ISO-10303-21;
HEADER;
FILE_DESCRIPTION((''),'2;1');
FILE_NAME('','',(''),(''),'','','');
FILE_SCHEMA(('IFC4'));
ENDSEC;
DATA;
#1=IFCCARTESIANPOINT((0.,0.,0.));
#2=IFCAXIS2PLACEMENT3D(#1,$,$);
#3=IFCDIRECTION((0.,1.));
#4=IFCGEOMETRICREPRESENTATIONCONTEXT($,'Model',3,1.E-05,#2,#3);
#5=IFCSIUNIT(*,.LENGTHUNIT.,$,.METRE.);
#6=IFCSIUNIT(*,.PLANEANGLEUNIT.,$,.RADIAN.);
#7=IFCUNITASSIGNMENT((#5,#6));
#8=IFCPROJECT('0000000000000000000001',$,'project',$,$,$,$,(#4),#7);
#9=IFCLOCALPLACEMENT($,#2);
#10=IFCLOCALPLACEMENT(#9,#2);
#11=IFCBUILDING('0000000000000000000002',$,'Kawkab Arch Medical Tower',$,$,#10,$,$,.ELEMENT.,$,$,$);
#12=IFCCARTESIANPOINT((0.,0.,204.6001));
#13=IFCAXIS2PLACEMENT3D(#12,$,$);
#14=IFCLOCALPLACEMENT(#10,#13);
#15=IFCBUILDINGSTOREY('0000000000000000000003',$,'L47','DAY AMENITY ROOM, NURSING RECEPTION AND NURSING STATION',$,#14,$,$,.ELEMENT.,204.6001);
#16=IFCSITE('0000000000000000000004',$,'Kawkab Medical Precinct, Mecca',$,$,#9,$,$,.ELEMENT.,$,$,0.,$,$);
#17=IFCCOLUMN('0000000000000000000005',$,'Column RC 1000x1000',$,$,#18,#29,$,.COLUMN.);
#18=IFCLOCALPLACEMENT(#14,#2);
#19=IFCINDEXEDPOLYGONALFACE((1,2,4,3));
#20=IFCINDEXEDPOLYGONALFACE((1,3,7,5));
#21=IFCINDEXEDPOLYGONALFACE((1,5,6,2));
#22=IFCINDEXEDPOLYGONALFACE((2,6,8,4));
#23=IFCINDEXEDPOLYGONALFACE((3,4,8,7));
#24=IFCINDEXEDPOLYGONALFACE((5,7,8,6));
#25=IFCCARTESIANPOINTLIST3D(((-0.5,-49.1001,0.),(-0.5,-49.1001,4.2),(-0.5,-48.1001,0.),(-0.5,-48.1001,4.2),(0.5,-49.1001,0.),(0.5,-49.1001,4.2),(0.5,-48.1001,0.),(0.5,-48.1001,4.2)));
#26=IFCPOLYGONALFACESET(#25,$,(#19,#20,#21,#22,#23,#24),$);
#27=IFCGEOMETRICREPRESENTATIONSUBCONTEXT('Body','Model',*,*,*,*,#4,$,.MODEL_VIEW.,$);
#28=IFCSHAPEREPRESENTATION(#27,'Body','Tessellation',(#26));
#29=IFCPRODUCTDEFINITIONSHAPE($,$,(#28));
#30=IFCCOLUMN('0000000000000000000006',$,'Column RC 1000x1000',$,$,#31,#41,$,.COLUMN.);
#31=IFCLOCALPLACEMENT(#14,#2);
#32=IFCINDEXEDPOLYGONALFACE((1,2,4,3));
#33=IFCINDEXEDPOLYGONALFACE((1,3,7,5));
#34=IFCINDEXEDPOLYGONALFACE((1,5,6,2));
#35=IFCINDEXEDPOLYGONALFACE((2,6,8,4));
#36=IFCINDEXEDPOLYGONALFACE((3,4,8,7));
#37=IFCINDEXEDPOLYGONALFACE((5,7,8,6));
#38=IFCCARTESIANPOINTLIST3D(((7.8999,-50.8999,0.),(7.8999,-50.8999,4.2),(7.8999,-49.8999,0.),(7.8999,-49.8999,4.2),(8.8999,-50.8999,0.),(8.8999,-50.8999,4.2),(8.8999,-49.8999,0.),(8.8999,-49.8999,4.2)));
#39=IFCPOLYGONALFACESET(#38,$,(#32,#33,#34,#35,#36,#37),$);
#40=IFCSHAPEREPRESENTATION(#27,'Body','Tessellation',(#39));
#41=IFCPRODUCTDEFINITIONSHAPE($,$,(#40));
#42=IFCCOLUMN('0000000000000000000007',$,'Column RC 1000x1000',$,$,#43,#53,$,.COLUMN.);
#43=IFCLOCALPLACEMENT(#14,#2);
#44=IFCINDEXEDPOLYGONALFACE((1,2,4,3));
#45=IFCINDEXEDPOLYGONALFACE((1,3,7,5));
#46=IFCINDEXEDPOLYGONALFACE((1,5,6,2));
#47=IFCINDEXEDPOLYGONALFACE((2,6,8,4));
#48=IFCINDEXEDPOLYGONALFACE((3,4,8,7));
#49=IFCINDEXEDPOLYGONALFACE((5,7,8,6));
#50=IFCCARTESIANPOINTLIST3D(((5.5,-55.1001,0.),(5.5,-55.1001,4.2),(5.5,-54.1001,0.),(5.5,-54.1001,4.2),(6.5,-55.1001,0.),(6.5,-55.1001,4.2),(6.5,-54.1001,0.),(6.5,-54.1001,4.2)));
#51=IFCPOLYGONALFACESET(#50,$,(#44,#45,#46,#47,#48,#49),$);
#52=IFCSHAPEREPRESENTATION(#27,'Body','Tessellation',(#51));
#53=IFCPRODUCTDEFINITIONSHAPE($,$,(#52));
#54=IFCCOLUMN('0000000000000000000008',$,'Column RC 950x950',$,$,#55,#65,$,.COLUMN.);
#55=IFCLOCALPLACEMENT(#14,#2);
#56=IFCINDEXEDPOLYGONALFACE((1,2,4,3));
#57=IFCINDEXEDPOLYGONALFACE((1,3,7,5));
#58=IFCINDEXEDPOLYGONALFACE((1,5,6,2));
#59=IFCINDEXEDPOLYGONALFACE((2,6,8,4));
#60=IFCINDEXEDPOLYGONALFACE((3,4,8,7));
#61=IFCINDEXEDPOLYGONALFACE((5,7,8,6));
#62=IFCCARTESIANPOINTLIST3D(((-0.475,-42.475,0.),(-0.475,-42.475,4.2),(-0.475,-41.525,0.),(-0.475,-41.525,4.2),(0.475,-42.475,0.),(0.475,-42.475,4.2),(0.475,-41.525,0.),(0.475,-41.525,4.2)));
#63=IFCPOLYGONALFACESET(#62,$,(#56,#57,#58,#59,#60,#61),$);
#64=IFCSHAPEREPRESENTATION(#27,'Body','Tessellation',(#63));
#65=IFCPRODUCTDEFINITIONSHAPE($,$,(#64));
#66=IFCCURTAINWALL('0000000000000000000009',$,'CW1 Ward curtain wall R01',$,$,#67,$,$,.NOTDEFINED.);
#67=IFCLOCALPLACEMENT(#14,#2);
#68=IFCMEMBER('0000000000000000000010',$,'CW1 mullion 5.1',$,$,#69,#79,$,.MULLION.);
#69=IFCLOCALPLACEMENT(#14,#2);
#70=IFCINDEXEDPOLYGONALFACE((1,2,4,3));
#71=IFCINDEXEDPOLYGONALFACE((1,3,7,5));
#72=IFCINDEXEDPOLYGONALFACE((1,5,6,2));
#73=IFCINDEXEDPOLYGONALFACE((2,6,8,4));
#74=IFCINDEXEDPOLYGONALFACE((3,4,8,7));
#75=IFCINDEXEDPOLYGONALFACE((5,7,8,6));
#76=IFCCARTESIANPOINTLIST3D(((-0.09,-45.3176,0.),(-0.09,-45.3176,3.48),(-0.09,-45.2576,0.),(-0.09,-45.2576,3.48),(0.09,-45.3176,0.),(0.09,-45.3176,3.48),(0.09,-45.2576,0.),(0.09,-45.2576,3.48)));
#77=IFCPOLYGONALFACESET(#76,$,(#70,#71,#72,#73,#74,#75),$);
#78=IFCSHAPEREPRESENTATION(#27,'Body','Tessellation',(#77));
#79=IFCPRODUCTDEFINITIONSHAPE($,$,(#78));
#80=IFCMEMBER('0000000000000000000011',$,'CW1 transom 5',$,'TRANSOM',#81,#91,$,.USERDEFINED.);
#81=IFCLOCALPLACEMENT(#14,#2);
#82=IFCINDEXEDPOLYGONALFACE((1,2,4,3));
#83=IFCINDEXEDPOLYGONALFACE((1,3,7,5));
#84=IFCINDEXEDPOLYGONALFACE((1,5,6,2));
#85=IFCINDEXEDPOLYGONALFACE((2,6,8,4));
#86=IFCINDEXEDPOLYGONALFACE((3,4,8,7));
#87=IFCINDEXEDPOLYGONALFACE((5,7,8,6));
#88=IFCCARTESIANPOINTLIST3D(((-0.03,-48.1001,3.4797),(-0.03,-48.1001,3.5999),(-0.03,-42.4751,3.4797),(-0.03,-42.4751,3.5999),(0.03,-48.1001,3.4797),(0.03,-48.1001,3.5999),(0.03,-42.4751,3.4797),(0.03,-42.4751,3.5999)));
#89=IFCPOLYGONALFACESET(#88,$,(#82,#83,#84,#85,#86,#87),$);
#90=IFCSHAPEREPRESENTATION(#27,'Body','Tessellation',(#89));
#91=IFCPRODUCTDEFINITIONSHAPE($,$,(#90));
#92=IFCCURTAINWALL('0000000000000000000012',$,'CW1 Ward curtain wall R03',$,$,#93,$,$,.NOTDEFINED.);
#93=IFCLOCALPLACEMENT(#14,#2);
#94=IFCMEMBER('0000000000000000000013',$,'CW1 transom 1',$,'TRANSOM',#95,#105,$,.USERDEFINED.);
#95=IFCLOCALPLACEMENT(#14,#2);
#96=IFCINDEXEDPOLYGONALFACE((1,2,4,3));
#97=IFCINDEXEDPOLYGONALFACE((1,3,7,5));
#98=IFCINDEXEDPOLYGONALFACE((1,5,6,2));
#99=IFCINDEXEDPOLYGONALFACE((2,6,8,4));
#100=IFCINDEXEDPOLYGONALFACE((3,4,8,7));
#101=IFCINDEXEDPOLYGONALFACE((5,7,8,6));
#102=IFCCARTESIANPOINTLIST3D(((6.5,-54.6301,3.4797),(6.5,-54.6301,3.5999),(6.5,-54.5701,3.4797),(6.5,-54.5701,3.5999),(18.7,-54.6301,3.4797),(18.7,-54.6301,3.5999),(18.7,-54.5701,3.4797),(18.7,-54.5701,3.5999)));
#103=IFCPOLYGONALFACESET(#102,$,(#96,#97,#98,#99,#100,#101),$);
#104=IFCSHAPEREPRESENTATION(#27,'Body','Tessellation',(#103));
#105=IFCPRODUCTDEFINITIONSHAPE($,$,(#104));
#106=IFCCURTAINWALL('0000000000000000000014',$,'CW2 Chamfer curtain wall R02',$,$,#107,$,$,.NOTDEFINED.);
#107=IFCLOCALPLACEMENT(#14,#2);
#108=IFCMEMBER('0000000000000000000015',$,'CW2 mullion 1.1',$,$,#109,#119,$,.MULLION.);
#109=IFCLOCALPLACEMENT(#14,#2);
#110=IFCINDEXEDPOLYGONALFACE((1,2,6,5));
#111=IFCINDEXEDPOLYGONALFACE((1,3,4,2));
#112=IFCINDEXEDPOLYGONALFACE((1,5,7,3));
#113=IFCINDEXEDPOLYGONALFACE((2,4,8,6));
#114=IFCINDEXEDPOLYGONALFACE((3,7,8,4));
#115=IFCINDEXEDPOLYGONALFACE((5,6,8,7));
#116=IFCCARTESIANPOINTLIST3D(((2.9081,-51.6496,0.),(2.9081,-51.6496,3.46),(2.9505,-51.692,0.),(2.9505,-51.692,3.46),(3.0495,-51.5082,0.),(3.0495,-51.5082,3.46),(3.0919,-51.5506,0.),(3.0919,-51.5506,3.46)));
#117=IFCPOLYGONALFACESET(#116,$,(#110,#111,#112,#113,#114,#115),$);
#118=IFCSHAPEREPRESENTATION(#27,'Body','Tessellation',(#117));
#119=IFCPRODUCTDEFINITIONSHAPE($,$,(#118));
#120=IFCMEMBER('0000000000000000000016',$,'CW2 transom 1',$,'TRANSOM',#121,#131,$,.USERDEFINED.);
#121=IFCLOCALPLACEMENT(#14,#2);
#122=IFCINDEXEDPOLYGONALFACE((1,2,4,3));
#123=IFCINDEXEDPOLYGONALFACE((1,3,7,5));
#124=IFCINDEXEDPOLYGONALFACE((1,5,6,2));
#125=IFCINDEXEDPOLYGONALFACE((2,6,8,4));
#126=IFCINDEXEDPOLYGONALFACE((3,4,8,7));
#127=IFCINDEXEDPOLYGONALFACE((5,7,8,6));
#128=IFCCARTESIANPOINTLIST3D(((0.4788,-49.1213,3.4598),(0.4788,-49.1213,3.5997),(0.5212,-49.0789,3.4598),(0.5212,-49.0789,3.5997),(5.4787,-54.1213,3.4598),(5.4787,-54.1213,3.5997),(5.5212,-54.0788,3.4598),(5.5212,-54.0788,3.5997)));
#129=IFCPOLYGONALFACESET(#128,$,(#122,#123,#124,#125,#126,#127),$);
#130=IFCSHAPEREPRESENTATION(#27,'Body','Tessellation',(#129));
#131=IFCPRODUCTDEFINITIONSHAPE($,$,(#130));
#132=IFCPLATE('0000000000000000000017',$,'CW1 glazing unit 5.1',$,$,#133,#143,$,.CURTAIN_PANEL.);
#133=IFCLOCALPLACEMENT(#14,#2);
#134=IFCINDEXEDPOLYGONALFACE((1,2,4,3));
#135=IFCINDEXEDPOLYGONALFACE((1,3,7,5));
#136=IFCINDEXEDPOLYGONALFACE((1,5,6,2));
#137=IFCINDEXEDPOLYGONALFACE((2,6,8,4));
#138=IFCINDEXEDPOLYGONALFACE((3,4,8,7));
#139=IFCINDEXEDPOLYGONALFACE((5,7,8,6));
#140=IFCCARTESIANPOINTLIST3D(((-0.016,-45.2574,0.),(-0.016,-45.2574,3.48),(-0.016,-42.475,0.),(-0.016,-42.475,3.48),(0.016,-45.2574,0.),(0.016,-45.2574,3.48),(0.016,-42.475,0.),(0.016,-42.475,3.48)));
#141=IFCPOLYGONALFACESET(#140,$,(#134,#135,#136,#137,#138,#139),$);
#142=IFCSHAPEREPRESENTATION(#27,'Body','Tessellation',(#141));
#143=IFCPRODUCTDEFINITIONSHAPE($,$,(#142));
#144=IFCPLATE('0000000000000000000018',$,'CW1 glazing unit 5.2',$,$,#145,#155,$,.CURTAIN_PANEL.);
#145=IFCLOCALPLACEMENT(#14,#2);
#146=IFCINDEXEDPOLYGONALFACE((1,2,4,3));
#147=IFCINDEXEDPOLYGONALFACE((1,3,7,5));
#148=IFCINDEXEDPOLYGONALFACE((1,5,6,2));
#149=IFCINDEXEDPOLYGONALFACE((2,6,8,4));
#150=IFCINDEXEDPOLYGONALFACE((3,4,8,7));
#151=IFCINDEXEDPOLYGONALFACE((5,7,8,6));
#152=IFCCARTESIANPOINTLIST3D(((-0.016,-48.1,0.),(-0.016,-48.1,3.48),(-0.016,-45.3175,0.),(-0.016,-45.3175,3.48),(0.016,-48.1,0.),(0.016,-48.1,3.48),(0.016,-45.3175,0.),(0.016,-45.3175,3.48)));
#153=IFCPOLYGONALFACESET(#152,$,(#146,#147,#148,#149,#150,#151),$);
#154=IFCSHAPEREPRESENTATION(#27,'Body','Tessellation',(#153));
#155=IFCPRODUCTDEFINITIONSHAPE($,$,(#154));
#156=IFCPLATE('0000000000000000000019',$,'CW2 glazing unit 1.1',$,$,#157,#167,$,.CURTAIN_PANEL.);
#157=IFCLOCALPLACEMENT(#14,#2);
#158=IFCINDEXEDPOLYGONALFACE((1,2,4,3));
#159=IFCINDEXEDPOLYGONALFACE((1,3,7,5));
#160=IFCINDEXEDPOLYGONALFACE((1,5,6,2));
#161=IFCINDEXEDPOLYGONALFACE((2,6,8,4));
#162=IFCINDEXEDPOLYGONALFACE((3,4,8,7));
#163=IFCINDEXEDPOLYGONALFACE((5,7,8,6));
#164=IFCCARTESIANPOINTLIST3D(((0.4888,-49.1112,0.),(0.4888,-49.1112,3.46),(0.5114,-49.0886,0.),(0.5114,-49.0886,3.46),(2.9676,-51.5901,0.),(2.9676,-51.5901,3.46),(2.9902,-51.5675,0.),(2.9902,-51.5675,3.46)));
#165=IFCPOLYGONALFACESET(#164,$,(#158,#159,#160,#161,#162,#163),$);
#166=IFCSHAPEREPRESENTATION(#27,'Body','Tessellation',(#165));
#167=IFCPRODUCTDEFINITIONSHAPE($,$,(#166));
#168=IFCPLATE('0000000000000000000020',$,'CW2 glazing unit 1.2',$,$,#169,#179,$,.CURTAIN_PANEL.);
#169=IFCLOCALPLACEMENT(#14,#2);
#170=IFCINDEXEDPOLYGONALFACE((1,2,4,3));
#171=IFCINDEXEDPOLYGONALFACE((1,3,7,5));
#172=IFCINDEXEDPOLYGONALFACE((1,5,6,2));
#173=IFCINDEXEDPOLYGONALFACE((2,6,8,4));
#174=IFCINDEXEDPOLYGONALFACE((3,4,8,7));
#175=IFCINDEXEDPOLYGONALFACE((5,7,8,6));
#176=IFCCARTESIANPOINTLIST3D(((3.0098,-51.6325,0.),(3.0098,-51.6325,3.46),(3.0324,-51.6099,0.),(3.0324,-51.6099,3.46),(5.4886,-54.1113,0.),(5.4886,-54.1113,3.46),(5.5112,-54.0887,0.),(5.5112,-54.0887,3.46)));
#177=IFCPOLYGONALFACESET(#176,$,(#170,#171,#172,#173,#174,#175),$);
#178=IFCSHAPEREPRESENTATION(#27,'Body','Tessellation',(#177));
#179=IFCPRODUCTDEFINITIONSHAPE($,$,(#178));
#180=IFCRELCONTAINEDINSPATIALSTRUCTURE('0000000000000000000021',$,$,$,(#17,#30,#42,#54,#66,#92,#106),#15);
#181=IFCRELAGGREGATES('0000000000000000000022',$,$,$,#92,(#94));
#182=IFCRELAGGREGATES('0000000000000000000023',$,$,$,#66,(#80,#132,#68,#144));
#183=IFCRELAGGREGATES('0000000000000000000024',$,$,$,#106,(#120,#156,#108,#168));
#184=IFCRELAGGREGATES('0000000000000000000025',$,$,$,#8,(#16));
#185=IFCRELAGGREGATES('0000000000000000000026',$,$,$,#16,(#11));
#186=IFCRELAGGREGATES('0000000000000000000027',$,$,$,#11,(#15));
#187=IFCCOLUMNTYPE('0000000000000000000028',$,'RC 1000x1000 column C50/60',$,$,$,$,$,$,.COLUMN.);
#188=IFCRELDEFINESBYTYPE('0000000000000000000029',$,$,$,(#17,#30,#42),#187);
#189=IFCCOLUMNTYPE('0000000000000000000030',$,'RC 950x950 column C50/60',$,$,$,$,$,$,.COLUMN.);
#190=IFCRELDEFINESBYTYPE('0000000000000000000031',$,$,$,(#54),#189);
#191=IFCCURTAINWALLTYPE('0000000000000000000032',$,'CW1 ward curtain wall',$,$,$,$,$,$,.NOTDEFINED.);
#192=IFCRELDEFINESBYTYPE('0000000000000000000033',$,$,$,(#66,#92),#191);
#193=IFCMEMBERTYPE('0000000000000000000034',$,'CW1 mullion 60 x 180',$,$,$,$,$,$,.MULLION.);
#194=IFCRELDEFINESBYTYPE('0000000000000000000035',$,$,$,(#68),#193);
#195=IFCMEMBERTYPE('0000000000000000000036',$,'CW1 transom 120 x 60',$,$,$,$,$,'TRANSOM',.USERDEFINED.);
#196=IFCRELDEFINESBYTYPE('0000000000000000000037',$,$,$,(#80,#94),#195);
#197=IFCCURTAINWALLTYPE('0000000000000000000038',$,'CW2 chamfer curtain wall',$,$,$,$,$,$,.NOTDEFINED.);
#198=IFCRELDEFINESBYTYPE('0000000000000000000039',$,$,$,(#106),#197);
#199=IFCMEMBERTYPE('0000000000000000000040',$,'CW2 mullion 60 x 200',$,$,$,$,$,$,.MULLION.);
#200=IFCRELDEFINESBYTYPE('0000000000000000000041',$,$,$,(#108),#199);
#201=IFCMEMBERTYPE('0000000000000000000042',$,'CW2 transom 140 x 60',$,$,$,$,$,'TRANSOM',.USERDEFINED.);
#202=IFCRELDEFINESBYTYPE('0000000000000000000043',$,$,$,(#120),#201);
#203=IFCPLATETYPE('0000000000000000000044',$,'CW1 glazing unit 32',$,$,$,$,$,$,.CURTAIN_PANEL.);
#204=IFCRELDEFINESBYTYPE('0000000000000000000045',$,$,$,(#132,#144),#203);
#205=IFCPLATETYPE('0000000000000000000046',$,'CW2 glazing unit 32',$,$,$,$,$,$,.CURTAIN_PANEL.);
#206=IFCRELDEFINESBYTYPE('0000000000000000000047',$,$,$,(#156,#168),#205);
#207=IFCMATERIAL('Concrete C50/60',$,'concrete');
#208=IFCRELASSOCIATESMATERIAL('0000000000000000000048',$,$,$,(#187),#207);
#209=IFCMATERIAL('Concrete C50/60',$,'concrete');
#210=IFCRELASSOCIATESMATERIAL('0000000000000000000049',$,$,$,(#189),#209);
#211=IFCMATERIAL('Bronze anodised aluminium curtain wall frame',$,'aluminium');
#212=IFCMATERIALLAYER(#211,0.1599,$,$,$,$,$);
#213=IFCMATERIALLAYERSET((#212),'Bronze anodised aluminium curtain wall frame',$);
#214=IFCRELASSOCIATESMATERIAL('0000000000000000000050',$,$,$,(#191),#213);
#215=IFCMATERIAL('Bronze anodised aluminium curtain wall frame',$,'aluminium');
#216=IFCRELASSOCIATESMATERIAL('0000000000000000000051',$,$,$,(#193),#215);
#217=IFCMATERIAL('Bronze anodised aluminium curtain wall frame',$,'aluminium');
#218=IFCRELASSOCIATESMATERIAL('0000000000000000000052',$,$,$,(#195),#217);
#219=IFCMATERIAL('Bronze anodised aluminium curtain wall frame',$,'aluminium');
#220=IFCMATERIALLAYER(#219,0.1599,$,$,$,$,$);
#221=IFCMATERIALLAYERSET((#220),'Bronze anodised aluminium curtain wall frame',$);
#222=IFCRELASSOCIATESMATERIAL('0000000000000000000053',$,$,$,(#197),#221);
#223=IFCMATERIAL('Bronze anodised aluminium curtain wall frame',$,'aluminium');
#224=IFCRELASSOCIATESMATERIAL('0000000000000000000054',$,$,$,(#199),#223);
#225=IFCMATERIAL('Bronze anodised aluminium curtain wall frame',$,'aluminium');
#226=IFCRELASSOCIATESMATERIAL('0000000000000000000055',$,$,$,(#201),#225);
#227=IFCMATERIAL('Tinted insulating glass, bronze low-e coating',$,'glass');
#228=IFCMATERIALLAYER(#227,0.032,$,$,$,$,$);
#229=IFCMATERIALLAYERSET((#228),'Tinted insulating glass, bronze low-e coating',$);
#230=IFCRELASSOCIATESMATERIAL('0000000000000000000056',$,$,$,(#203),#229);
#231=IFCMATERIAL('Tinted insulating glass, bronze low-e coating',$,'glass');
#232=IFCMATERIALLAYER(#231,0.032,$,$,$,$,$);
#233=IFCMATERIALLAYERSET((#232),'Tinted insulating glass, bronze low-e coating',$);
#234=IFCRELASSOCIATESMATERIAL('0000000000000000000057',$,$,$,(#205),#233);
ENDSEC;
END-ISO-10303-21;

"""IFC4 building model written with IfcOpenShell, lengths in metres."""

from ifc_helpers import new_model, si_unit, direction, frame, origin, origin_2d, place, context, subcontext, project, spatial, rectangle, extrude, material, layer, layer_set, material_profile, profile_set, type_object, element, aggregate, save


model = new_model("IFC4")

# Units and contexts
model_context = context("Model", 3, precision=1e-05, world=origin(), true_north=direction((0.0, 1.0)))
body_context = subcontext(model_context, "Body", "Model", "MODEL_VIEW")
ifc_project = project(units=[si_unit("LENGTHUNIT", "METRE"), si_unit("PLANEANGLEUNIT", "RADIAN")], contexts=[model_context])

# Site, building, storey
site_placement = place(None, origin())
site = spatial("IfcSite", under=ifc_project, at=site_placement, Name="Kawkab Medical Precinct, Mecca", CompositionType="ELEMENT", RefElevation=0.0)
building_placement = place(site_placement, origin())
building = spatial("IfcBuilding", under=site, at=building_placement, Name="Kawkab Arch Medical Tower", CompositionType="ELEMENT")
storey_placement = place(building_placement, frame((0.0, 0.0, 204.6001)))
storey = spatial("IfcBuildingStorey", under=building, at=storey_placement, Name="L47", Description="DAY AMENITY ROOM, NURSING RECEPTION AND NURSING STATION", CompositionType="ELEMENT", Elevation=204.6001)

# Columns
ifc_material_1 = material(Name="Concrete C50/60", Category="concrete")
ifc_material_profile_1 = material_profile(ifc_material_1, rectangle(XDim=1.0, YDim=1.0, at=origin_2d()), Name="RC 1000x1000")
ifc_profile_set_1 = profile_set([ifc_material_profile_1], Name="Concrete C50/60")
column_type_1 = type_object("IfcColumnType", Name="RC 1000x1000 column C50/60", PredefinedType="COLUMN", material=ifc_profile_set_1)
for number, where, z_axis, x_axis, name in (
    (1, (0.0, -48.6001, 0.0), (0.0, 0.0, 1.0), (1.0, 0.0, 0.0), "Column RC 1000x1000"),
    (2, (8.3999, -50.3999, 0.0), (0.0, 0.0, 1.0), (1.0, 0.0, 0.0), "Column RC 1000x1000"),
    (3, (6.0, -54.6001, 0.0), (0.0, 0.0, 1.0), (1.0, 0.0, 0.0), "Column RC 1000x1000"),
):
    element("IfcColumn", number, at=place(storey_placement, frame(where, z_axis=z_axis, x_axis=x_axis)), inside=storey, type_object=column_type_1, Name=name, PredefinedType="COLUMN", context=body_context, shape_type="SweptSolid", body=[
        extrude(rectangle(XDim=1.0, YDim=1.0, at=origin_2d()), origin(), (0.0, 0.0, 1.0), 4.2),
    ])
ifc_material_2 = material(Name="Concrete C50/60", Category="concrete")
ifc_material_profile_2 = material_profile(ifc_material_2, rectangle(XDim=0.95, YDim=0.95, at=origin_2d()), Name="RC 950x950")
ifc_profile_set_2 = profile_set([ifc_material_profile_2], Name="Concrete C50/60")
column_type_2 = type_object("IfcColumnType", Name="RC 950x950 column C50/60", PredefinedType="COLUMN", material=ifc_profile_set_2)
column_placement = place(storey_placement, frame((0.0, -42.0, 0.0), z_axis=(0.0, 0.0, 1.0), x_axis=(1.0, 0.0, 0.0)))
element("IfcColumn", 4, at=column_placement, inside=storey, type_object=column_type_2, Name="Column RC 950x950", PredefinedType="COLUMN", context=body_context, shape_type="SweptSolid", body=[
    extrude(rectangle(XDim=0.95, YDim=0.95, at=origin_2d()), origin(), (0.0, 0.0, 1.0), 4.2),
])

# Curtain wall, members
ifc_material_3 = material(Name="Bronze anodised aluminium curtain wall frame", Category="aluminium")
ifc_layer_1 = layer(ifc_material_3, 0.1599)
ifc_layer_set_1 = layer_set([ifc_layer_1], Name="Bronze anodised aluminium curtain wall frame")
curtain_wall_type_1 = type_object("IfcCurtainWallType", Name="CW1 ward curtain wall", PredefinedType="NOTDEFINED", material=ifc_layer_set_1)
placement = place(storey_placement, origin())
curtain_wall_1 = element("IfcCurtainWall", 5, at=placement, inside=storey, type_object=curtain_wall_type_1, Name="CW1 Ward curtain wall R01", PredefinedType="NOTDEFINED")
ifc_material_4 = material(Name="Bronze anodised aluminium curtain wall frame", Category="aluminium")
ifc_material_profile_3 = material_profile(ifc_material_4, rectangle(XDim=0.1799, YDim=0.0601, at=origin_2d()), Name="AL 60x180")
ifc_profile_set_3 = profile_set([ifc_material_profile_3], Name="Bronze anodised aluminium curtain wall frame")
member_type_1 = type_object("IfcMemberType", Name="CW1 mullion 60 x 180", PredefinedType="MULLION", material=ifc_profile_set_3)
member_1_placement = place(storey_placement, frame((0.0, -45.2876, 0.0), z_axis=(0.0, 0.0, 1.0), x_axis=(1.0, 0.0, 0.0)))
member_1 = element("IfcMember", 6, at=member_1_placement, type_object=member_type_1, Name="CW1 mullion 5.1", PredefinedType="MULLION", context=body_context, shape_type="SweptSolid", body=[
    extrude(rectangle(XDim=0.1799, YDim=0.0601, at=origin_2d()), origin(), (0.0, 0.0, 1.0), 3.48),
])
ifc_material_5 = material(Name="Bronze anodised aluminium curtain wall frame", Category="aluminium")
ifc_material_profile_4 = material_profile(ifc_material_5, rectangle(XDim=0.0601, YDim=0.1201, at=origin_2d()), Name="AL 60x120")
ifc_profile_set_4 = profile_set([ifc_material_profile_4], Name="Bronze anodised aluminium curtain wall frame")
member_type_2 = type_object("IfcMemberType", Name="CW1 transom 120 x 60", ElementType="TRANSOM", PredefinedType="USERDEFINED", material=ifc_profile_set_4)
member_2_placement = place(storey_placement, frame((0.0, -42.4751, 3.5398), z_axis=(0.0, -1.0, 0.0), x_axis=(1.0, 0.0, 0.0)))
member_2 = element("IfcMember", 7, at=member_2_placement, type_object=member_type_2, Name="CW1 transom 5", ObjectType="TRANSOM", PredefinedType="USERDEFINED", context=body_context, shape_type="SweptSolid", body=[
    extrude(rectangle(XDim=0.0601, YDim=0.1201, at=origin_2d()), origin(), (0.0, 0.0, 1.0), 5.625),
])

# Curtain wall, member
curtain_wall_2 = element("IfcCurtainWall", 8, at=placement, inside=storey, type_object=curtain_wall_type_1, Name="CW1 Ward curtain wall R03", PredefinedType="NOTDEFINED")
member_3_placement = place(storey_placement, frame((6.5, -54.6001, 3.5398), z_axis=(1.0, 0.0, 0.0), x_axis=(0.0, 1.0, 0.0)))
member_3 = element("IfcMember", 9, at=member_3_placement, type_object=member_type_2, Name="CW1 transom 1", ObjectType="TRANSOM", PredefinedType="USERDEFINED", context=body_context, shape_type="SweptSolid", body=[
    extrude(rectangle(XDim=0.0601, YDim=0.1201, at=origin_2d()), origin(), (0.0, 0.0, 1.0), 12.2),
])
aggregate(curtain_wall_2, [member_3])

# Curtain wall, members
ifc_material_6 = material(Name="Bronze anodised aluminium curtain wall frame", Category="aluminium")
ifc_layer_2 = layer(ifc_material_6, 0.1599)
ifc_layer_set_2 = layer_set([ifc_layer_2], Name="Bronze anodised aluminium curtain wall frame")
curtain_wall_type_2 = type_object("IfcCurtainWallType", Name="CW2 chamfer curtain wall", PredefinedType="NOTDEFINED", material=ifc_layer_set_2)
curtain_wall_3 = element("IfcCurtainWall", 10, at=placement, inside=storey, type_object=curtain_wall_type_2, Name="CW2 Chamfer curtain wall R02", PredefinedType="NOTDEFINED")
ifc_material_7 = material(Name="Bronze anodised aluminium curtain wall frame", Category="aluminium")
ifc_material_profile_5 = material_profile(ifc_material_7, rectangle(XDim=0.2, YDim=0.0601, at=origin_2d()), Name="AL 60x200")
ifc_profile_set_5 = profile_set([ifc_material_profile_5], Name="Bronze anodised aluminium curtain wall frame")
member_type_3 = type_object("IfcMemberType", Name="CW2 mullion 60 x 200", PredefinedType="MULLION", material=ifc_profile_set_5)
member_4_placement = place(storey_placement, frame((3.0, -51.6001, 0.0), z_axis=(0.0, 0.0, 1.0), x_axis=(0.707107, 0.707107, 0.0)))
member_4 = element("IfcMember", 11, at=member_4_placement, type_object=member_type_3, Name="CW2 mullion 1.1", PredefinedType="MULLION", context=body_context, shape_type="SweptSolid", body=[
    extrude(rectangle(XDim=0.2, YDim=0.0601, at=origin_2d()), origin(), (0.0, 0.0, 1.0), 3.46),
])
ifc_material_8 = material(Name="Bronze anodised aluminium curtain wall frame", Category="aluminium")
ifc_material_profile_6 = material_profile(ifc_material_8, rectangle(XDim=0.0601, YDim=0.1399, at=origin_2d()), Name="AL 60x140")
ifc_profile_set_6 = profile_set([ifc_material_profile_6], Name="Bronze anodised aluminium curtain wall frame")
member_type_4 = type_object("IfcMemberType", Name="CW2 transom 140 x 60", ElementType="TRANSOM", PredefinedType="USERDEFINED", material=ifc_profile_set_6)
member_5_placement = place(storey_placement, frame((0.5, -49.1001, 3.5298), z_axis=(0.707107, -0.707107, 0.0), x_axis=(0.707107, 0.707107, 0.0)))
member_5 = element("IfcMember", 12, at=member_5_placement, type_object=member_type_4, Name="CW2 transom 1", ObjectType="TRANSOM", PredefinedType="USERDEFINED", context=body_context, shape_type="SweptSolid", body=[
    extrude(rectangle(XDim=0.0601, YDim=0.1399, at=origin_2d()), origin(), (0.0, 0.0, 1.0), 7.071),
])

# Plates
ifc_material_9 = material(Name="Tinted insulating glass, bronze low-e coating", Category="glass")
ifc_layer_3 = layer(ifc_material_9, 0.032)
ifc_layer_set_3 = layer_set([ifc_layer_3], Name="Tinted insulating glass, bronze low-e coating")
plate_type_1 = type_object("IfcPlateType", Name="CW1 glazing unit 32", PredefinedType="CURTAIN_PANEL", material=ifc_layer_set_3)
plate_1_placement = place(storey_placement, frame((0.0, -43.8662, 0.0), z_axis=(0.0, 0.0, 1.0), x_axis=(0.0, -1.0, 0.0)))
plate_1 = element("IfcPlate", 13, at=plate_1_placement, type_object=plate_type_1, Name="CW1 glazing unit 5.1", PredefinedType="CURTAIN_PANEL", context=body_context, shape_type="SweptSolid", body=[
    extrude(rectangle(XDim=2.7825, YDim=0.032, at=origin_2d()), origin(), (0.0, 0.0, 1.0), 3.48),
])
plate_2_placement = place(storey_placement, frame((0.0, -46.7087, 0.0), z_axis=(0.0, 0.0, 1.0), x_axis=(0.0, -1.0, 0.0)))
plate_2 = element("IfcPlate", 14, at=plate_2_placement, type_object=plate_type_1, Name="CW1 glazing unit 5.2", PredefinedType="CURTAIN_PANEL", context=body_context, shape_type="SweptSolid", body=[
    extrude(rectangle(XDim=2.7825, YDim=0.032, at=origin_2d()), origin(), (0.0, 0.0, 1.0), 3.48),
])
aggregate(curtain_wall_1, [member_2, plate_1, member_1, plate_2])
ifc_material_10 = material(Name="Tinted insulating glass, bronze low-e coating", Category="glass")
ifc_layer_4 = layer(ifc_material_10, 0.032)
ifc_layer_set_4 = layer_set([ifc_layer_4], Name="Tinted insulating glass, bronze low-e coating")
plate_type_2 = type_object("IfcPlateType", Name="CW2 glazing unit 32", PredefinedType="CURTAIN_PANEL", material=ifc_layer_set_4)
plate_3_placement = place(storey_placement, frame((1.7395, -50.3394, 0.0), z_axis=(0.0, 0.0, 1.0), x_axis=(0.707107, -0.707107, 0.0)))
plate_3 = element("IfcPlate", 15, at=plate_3_placement, type_object=plate_type_2, Name="CW2 glazing unit 1.1", PredefinedType="CURTAIN_PANEL", context=body_context, shape_type="SweptSolid", body=[
    extrude(rectangle(XDim=3.5056, YDim=0.032, at=origin_2d()), origin(), (0.0, 0.0, 1.0), 3.46),
])
plate_4_placement = place(storey_placement, frame((4.2605, -52.8606, 0.0), z_axis=(0.0, 0.0, 1.0), x_axis=(0.707107, -0.707107, 0.0)))
plate_4 = element("IfcPlate", 16, at=plate_4_placement, type_object=plate_type_2, Name="CW2 glazing unit 1.2", PredefinedType="CURTAIN_PANEL", context=body_context, shape_type="SweptSolid", body=[
    extrude(rectangle(XDim=3.5056, YDim=0.032, at=origin_2d()), origin(), (0.0, 0.0, 1.0), 3.46),
])
aggregate(curtain_wall_3, [member_5, plate_3, member_4, plate_4])

save(model, "model.ifc")
